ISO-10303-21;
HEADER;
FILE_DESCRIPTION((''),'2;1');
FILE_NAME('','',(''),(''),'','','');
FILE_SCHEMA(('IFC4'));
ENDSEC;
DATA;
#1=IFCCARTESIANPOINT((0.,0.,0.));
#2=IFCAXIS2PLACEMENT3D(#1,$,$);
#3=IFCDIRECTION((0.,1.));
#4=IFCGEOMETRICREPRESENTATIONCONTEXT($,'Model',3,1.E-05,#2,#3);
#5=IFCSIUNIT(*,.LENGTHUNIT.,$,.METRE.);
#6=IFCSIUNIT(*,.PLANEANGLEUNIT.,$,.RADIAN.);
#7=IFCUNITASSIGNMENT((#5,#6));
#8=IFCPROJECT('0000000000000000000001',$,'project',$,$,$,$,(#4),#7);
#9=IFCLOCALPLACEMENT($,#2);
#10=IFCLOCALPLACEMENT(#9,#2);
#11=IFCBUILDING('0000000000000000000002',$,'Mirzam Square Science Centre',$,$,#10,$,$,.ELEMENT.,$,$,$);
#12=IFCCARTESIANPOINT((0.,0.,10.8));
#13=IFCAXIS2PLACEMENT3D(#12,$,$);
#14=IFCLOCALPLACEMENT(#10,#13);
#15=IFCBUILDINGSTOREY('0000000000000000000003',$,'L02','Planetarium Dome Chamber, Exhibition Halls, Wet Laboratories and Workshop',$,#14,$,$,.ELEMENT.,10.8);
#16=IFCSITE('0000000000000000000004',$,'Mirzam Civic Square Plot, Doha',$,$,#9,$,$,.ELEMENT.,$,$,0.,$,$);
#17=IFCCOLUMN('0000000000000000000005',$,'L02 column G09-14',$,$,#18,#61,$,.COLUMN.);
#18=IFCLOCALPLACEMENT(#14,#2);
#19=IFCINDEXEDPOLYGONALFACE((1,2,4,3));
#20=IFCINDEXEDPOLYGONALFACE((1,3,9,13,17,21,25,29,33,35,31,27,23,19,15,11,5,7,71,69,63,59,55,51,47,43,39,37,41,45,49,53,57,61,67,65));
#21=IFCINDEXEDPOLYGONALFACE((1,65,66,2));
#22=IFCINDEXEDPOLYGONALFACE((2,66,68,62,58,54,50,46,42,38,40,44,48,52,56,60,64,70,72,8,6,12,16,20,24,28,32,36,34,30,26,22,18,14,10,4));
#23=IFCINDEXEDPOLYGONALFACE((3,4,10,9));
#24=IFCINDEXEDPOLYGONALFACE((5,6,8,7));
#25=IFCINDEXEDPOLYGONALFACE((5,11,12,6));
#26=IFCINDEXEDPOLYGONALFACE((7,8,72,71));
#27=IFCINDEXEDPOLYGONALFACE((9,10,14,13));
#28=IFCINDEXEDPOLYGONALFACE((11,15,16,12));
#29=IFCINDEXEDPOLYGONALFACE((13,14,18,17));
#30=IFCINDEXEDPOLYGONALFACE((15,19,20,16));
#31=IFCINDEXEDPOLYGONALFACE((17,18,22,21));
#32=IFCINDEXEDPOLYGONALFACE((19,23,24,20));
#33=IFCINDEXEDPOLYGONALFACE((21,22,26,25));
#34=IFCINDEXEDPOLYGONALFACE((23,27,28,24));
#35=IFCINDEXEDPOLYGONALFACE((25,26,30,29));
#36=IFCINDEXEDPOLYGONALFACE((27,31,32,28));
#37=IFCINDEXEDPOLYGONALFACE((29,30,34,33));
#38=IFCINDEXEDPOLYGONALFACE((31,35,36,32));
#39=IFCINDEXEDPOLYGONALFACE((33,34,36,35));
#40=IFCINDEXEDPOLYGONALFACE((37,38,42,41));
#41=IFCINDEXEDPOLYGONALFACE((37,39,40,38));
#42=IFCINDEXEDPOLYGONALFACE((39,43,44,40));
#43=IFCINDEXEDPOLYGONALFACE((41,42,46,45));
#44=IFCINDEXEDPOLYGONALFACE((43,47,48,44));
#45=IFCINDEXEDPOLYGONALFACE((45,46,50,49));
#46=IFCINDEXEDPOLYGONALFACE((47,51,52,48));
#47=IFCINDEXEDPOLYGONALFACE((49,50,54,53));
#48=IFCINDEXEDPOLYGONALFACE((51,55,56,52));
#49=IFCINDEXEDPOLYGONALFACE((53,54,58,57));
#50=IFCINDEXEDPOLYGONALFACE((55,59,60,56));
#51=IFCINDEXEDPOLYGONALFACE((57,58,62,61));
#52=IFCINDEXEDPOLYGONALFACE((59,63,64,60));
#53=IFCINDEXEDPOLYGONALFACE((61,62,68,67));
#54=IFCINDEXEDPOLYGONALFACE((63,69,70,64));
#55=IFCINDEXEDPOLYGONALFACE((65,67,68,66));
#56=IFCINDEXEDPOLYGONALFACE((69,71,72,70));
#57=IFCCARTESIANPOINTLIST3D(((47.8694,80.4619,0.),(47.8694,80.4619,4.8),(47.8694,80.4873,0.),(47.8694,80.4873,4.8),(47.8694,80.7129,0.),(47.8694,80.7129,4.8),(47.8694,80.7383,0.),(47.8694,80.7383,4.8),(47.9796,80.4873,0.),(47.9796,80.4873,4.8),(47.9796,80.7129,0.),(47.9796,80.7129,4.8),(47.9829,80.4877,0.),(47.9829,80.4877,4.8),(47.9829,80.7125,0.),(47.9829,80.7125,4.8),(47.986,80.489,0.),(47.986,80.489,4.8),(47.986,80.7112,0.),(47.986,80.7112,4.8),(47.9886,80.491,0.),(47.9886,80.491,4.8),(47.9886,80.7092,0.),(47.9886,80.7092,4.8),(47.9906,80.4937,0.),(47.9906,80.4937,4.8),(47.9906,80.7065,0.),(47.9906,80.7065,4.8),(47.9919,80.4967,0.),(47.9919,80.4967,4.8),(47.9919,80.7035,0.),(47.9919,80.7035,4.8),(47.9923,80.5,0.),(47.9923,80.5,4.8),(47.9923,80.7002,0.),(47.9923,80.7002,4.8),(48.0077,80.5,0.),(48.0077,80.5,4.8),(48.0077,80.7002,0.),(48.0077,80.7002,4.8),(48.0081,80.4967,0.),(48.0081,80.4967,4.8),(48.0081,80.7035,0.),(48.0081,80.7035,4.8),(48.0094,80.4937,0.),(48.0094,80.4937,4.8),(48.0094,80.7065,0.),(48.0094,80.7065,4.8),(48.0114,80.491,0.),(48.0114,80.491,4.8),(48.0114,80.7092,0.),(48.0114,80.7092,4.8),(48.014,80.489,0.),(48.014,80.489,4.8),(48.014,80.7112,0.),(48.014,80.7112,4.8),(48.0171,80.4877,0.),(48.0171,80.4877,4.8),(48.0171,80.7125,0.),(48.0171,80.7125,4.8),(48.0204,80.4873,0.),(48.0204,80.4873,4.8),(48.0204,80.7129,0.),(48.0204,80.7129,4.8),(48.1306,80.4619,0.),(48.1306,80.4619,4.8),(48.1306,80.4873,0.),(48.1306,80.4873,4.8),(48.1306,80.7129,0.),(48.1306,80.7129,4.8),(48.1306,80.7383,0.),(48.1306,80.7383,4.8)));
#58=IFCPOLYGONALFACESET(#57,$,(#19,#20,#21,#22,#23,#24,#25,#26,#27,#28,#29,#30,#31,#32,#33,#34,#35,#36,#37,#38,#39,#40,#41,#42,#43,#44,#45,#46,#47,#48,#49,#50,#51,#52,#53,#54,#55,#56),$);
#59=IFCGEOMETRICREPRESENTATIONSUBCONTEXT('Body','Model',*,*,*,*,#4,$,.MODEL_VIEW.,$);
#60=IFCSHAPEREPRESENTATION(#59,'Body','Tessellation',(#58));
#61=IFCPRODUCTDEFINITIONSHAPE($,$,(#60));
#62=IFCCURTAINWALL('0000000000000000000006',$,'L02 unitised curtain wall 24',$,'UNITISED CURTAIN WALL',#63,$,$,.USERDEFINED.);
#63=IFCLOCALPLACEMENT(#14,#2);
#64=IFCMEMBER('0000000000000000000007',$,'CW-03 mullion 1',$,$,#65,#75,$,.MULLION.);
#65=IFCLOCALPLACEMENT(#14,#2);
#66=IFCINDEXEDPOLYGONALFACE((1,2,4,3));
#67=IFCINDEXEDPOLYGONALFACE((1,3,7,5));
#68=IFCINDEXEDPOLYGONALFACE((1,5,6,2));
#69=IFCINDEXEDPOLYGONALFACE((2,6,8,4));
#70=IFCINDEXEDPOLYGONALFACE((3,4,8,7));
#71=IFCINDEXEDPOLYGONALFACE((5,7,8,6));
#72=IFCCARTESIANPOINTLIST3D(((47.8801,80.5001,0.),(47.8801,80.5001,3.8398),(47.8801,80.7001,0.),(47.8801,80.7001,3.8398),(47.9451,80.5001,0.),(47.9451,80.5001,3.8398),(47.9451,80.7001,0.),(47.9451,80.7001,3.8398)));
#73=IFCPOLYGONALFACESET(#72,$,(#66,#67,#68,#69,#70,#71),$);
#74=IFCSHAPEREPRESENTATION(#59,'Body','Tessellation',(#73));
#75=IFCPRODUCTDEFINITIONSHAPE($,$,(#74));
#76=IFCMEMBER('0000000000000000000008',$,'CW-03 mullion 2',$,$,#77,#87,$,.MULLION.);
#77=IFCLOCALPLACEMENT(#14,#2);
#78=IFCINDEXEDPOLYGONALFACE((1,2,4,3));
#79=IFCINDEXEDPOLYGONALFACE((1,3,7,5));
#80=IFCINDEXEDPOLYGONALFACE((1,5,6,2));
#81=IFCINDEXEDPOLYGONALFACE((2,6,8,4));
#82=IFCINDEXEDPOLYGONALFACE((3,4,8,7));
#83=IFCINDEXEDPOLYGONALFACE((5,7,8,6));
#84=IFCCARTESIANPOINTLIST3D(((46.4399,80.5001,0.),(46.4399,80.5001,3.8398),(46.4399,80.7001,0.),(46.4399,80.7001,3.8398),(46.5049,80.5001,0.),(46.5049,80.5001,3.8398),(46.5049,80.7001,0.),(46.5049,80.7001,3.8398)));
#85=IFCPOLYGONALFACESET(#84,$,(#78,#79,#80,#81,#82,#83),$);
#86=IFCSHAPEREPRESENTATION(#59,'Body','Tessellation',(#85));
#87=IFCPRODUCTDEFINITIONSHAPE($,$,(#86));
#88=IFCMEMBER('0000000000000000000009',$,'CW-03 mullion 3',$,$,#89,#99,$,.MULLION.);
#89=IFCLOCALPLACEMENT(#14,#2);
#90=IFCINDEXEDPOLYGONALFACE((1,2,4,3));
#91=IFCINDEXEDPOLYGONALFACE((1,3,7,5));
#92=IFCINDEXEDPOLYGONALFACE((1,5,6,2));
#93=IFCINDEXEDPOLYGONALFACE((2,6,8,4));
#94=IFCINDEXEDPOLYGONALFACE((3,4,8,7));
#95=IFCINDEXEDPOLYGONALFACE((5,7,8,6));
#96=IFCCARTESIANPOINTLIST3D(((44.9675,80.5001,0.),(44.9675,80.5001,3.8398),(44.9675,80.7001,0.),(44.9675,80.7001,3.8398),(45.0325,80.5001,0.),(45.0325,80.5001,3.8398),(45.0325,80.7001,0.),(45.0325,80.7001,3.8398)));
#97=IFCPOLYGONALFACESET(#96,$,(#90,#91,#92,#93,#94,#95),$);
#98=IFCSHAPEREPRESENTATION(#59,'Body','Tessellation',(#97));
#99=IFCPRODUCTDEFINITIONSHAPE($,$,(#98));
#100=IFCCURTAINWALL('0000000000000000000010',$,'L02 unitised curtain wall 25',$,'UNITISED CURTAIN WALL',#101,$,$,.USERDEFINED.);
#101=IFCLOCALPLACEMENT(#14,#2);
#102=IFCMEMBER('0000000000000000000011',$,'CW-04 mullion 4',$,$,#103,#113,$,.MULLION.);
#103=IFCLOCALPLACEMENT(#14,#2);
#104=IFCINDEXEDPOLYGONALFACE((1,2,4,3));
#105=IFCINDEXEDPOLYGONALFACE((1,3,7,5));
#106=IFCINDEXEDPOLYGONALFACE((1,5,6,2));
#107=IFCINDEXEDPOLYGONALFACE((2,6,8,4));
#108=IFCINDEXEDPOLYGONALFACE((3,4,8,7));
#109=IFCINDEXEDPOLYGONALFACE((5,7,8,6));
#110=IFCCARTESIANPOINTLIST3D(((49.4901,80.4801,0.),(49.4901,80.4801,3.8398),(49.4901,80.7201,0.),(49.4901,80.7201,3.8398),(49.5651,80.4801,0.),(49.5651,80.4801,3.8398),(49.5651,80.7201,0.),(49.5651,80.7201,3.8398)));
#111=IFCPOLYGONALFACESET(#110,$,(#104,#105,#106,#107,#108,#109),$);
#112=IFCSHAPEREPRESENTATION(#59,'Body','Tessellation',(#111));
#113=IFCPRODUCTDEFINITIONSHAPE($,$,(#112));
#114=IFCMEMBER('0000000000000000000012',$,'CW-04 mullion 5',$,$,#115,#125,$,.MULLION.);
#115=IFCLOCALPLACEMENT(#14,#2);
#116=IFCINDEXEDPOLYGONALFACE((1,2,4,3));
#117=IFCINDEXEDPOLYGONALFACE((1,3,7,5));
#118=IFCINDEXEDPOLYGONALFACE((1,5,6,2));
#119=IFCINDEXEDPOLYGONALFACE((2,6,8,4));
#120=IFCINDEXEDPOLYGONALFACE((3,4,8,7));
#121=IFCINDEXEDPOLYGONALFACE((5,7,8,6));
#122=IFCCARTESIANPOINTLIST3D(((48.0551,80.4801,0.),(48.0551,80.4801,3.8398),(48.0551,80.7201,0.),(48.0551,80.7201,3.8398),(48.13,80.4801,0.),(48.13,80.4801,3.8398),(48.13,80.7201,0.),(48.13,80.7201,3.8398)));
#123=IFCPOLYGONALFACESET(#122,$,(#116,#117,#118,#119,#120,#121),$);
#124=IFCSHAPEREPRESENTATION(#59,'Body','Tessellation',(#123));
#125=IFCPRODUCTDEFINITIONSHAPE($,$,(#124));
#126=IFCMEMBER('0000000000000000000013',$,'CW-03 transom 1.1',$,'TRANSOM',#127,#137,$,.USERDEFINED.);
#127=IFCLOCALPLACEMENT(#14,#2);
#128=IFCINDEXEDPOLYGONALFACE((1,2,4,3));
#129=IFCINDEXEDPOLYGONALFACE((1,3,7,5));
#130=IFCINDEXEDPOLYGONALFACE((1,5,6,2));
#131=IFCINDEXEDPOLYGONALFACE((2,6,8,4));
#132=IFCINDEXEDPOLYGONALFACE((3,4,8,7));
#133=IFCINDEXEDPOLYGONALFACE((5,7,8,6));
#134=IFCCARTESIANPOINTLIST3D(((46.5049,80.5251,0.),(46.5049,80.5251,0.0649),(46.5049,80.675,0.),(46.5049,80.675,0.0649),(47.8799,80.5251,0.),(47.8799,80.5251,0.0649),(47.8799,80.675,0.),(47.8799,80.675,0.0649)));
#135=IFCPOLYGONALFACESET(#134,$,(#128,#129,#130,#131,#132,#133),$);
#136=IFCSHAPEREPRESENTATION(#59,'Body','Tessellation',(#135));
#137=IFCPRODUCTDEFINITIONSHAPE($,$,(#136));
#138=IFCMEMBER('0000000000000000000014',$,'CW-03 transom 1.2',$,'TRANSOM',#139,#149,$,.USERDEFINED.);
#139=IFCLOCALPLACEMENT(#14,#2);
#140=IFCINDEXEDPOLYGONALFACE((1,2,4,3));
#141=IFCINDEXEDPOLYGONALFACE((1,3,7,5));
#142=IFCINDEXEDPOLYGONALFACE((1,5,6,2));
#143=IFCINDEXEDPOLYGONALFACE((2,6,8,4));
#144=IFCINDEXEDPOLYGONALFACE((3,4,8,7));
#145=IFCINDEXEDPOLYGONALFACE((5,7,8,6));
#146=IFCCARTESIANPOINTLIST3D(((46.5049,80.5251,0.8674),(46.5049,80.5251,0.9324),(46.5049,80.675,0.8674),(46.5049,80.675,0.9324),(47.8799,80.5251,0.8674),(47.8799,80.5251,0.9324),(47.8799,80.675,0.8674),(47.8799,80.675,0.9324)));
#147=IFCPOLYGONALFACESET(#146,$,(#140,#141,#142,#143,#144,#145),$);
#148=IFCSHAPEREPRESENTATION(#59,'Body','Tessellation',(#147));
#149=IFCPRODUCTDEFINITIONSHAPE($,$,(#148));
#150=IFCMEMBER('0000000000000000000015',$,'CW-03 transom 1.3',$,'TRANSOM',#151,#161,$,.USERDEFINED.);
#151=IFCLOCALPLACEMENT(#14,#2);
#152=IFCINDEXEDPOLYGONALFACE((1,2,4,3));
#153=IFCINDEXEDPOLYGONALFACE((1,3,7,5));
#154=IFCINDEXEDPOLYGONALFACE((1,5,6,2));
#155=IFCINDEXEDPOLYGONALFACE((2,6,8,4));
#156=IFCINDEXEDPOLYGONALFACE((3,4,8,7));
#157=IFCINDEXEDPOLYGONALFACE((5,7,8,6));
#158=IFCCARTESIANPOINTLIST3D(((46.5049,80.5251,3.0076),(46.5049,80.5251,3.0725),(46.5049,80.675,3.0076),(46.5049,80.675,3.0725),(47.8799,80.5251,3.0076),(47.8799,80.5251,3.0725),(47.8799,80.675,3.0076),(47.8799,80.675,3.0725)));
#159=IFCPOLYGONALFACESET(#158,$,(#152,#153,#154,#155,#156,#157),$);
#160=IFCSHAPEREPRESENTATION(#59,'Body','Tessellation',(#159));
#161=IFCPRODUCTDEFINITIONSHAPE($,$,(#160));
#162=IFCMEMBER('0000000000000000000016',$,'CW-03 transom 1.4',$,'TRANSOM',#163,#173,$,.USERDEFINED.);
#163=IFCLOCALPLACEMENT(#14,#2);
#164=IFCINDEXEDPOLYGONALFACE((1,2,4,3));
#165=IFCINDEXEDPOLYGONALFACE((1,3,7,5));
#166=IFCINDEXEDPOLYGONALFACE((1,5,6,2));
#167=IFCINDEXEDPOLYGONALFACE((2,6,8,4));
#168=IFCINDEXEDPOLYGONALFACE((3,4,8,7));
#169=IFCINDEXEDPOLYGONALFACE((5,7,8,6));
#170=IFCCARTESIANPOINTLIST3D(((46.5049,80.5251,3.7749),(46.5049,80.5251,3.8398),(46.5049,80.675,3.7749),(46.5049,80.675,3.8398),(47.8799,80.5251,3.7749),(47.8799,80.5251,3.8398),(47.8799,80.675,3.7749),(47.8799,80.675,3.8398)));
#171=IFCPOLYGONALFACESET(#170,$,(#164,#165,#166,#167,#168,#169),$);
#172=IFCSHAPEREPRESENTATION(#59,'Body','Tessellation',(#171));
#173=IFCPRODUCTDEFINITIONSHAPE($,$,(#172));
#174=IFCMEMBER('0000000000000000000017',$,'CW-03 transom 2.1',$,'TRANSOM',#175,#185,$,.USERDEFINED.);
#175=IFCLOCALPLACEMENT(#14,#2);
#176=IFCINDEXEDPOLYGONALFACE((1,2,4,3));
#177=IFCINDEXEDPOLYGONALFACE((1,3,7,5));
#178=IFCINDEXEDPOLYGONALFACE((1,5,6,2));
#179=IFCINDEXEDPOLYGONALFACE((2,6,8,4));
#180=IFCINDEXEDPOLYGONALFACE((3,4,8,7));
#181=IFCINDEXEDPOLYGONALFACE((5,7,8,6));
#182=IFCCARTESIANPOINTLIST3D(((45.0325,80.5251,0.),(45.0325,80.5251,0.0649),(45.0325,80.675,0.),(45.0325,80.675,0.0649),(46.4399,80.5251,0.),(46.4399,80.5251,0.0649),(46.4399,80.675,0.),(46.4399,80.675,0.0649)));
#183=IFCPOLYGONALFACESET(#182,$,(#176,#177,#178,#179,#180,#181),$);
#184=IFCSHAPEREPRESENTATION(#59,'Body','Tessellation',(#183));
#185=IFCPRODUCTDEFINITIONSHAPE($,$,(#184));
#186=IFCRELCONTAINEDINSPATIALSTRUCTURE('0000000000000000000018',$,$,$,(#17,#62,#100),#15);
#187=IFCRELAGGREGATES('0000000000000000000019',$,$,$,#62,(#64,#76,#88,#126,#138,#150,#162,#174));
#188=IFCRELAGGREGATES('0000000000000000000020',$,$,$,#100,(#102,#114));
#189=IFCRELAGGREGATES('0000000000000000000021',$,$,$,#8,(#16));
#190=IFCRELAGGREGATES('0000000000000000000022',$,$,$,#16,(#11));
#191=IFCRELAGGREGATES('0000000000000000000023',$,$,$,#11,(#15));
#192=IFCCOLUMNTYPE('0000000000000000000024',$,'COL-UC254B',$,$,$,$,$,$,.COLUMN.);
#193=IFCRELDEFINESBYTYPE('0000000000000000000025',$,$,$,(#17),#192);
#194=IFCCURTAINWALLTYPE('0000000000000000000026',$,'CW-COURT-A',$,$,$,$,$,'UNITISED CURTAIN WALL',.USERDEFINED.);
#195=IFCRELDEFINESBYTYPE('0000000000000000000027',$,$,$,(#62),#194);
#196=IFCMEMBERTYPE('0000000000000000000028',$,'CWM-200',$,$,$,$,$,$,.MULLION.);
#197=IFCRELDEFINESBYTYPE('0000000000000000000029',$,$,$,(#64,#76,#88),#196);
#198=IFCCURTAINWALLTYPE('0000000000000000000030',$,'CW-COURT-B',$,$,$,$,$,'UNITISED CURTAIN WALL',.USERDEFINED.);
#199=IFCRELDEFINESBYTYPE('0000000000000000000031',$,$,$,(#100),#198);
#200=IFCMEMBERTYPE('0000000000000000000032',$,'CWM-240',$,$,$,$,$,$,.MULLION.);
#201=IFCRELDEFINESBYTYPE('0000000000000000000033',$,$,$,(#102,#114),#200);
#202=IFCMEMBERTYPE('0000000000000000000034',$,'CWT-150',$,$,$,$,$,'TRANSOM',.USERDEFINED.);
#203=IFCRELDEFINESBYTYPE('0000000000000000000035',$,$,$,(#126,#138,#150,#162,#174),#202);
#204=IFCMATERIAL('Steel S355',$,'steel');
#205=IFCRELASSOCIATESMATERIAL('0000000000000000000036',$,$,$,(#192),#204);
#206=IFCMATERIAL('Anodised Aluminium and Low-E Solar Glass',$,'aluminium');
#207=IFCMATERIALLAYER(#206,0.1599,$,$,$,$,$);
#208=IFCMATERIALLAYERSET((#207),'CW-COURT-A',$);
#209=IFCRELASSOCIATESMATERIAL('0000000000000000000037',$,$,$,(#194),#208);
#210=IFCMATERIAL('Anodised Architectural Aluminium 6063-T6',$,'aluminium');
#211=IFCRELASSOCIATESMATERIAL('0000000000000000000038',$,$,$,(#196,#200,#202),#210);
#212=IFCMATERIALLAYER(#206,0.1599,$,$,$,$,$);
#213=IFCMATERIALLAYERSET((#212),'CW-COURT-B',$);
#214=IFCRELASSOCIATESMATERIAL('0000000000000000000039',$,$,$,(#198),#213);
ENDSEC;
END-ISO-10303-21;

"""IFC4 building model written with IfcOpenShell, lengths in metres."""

from ifc_helpers import new_model, si_unit, direction, frame, origin, origin_2d, place, context, subcontext, project, spatial, rectangle, i_section, extrude, material, layer, layer_set, material_profile, profile_set, type_object, element, aggregate, save


model = new_model("IFC4")

# Units and contexts
model_context = context("Model", 3, precision=1e-05, world=origin(), true_north=direction((0.0, 1.0)))
body_context = subcontext(model_context, "Body", "Model", "MODEL_VIEW")
ifc_project = project(units=[si_unit("LENGTHUNIT", "METRE"), si_unit("PLANEANGLEUNIT", "RADIAN")], contexts=[model_context])

# Site, building, storey
site_placement = place(None, origin())
site = spatial("IfcSite", under=ifc_project, at=site_placement, Name="Mirzam Civic Square Plot, Doha", CompositionType="ELEMENT", RefElevation=0.0)
building_placement = place(site_placement, origin())
building = spatial("IfcBuilding", under=site, at=building_placement, Name="Mirzam Square Science Centre", CompositionType="ELEMENT")
storey_placement = place(building_placement, frame((0.0, 0.0, 10.8)))
storey = spatial("IfcBuildingStorey", under=building, at=storey_placement, Name="L02", Description="Planetarium Dome Chamber, Exhibition Halls, Wet Laboratories and Workshop", CompositionType="ELEMENT", Elevation=10.8)

# Column
ifc_material_1 = material(Name="Steel S355", Category="steel")
ifc_material_profile_1 = material_profile(ifc_material_1, i_section(OverallWidth=0.2612, OverallDepth=0.2764, WebThickness=0.0154, FlangeThickness=0.0254, FilletRadius=0.0127, at=origin_2d()), Name="254x254x132UC")
ifc_profile_set_1 = profile_set([ifc_material_profile_1], Name="Steel S355")
column_type = type_object("IfcColumnType", Name="COL-UC254B", PredefinedType="COLUMN", material=ifc_profile_set_1)
column_placement = place(storey_placement, frame((48.0, 80.6001, 0.0), z_axis=(0.0, 0.0, 1.0), x_axis=(1.0, 0.0, 0.0)))
element("IfcColumn", 1, at=column_placement, inside=storey, type_object=column_type, Name="L02 column G09-14", PredefinedType="COLUMN", context=body_context, shape_type="SweptSolid", body=[
    extrude(i_section(OverallWidth=0.2612, OverallDepth=0.2764, WebThickness=0.0154, FlangeThickness=0.0254, FilletRadius=0.0127, at=origin_2d()), origin(), (0.0, 0.0, 1.0), 4.8),
])

# Curtain walls, members
ifc_material_2 = material(Name="Anodised Aluminium and Low-E Solar Glass", Category="aluminium")
ifc_layer_1 = layer(ifc_material_2, 0.1599)
ifc_layer_set_1 = layer_set([ifc_layer_1], Name="CW-COURT-A")
curtain_wall_type_1 = type_object("IfcCurtainWallType", Name="CW-COURT-A", ElementType="UNITISED CURTAIN WALL", PredefinedType="USERDEFINED", material=ifc_layer_set_1)
curtain_wall_1_placement = place(storey_placement, origin())
curtain_wall_1 = element("IfcCurtainWall", 2, at=curtain_wall_1_placement, inside=storey, type_object=curtain_wall_type_1, Name="L02 unitised curtain wall 24", ObjectType="UNITISED CURTAIN WALL", PredefinedType="USERDEFINED")
ifc_material_3 = material(Name="Anodised Architectural Aluminium 6063-T6", Category="aluminium")
ifc_material_profile_2 = material_profile(ifc_material_3, rectangle(XDim=0.0649, YDim=0.2, at=origin_2d()), Name="ALU-MULL-200x65x5")
ifc_profile_set_2 = profile_set([ifc_material_profile_2], Name="Anodised Architectural Aluminium 6063-T6")
member_type_1 = type_object("IfcMemberType", Name="CWM-200", PredefinedType="MULLION", material=ifc_profile_set_2)
member_1_placement = place(storey_placement, frame((47.9126, 80.6001, 0.0), z_axis=(0.0, 0.0, 1.0), x_axis=(-1.0, 0.0, 0.0)))
member_1 = element("IfcMember", 3, at=member_1_placement, type_object=member_type_1, Name="CW-03 mullion 1", PredefinedType="MULLION", context=body_context, shape_type="SweptSolid", body=[
    extrude(rectangle(XDim=0.0649, YDim=0.2, at=origin_2d()), origin(), (0.0, 0.0, 1.0), 3.8398),
])
member_2_placement = place(storey_placement, frame((46.4724, 80.6001, 0.0), z_axis=(0.0, 0.0, 1.0), x_axis=(-1.0, 0.0, 0.0)))
member_2 = element("IfcMember", 4, at=member_2_placement, type_object=member_type_1, Name="CW-03 mullion 2", PredefinedType="MULLION", context=body_context, shape_type="SweptSolid", body=[
    extrude(rectangle(XDim=0.0649, YDim=0.2, at=origin_2d()), origin(), (0.0, 0.0, 1.0), 3.8398),
])
member_3_placement = place(storey_placement, frame((45.0, 80.6001, 0.0), z_axis=(0.0, 0.0, 1.0), x_axis=(-1.0, 0.0, 0.0)))
member_3 = element("IfcMember", 5, at=member_3_placement, type_object=member_type_1, Name="CW-03 mullion 3", PredefinedType="MULLION", context=body_context, shape_type="SweptSolid", body=[
    extrude(rectangle(XDim=0.0649, YDim=0.2, at=origin_2d()), origin(), (0.0, 0.0, 1.0), 3.8398),
])
ifc_layer_2 = layer(ifc_material_2, 0.1599)
ifc_layer_set_2 = layer_set([ifc_layer_2], Name="CW-COURT-B")
curtain_wall_type_2 = type_object("IfcCurtainWallType", Name="CW-COURT-B", ElementType="UNITISED CURTAIN WALL", PredefinedType="USERDEFINED", material=ifc_layer_set_2)
curtain_wall_2_placement = place(storey_placement, origin())
curtain_wall_2 = element("IfcCurtainWall", 6, at=curtain_wall_2_placement, inside=storey, type_object=curtain_wall_type_2, Name="L02 unitised curtain wall 25", ObjectType="UNITISED CURTAIN WALL", PredefinedType="USERDEFINED")
ifc_material_profile_3 = material_profile(ifc_material_3, rectangle(XDim=0.075, YDim=0.24, at=origin_2d()), Name="ALU-MULL-240x75x5")
ifc_profile_set_3 = profile_set([ifc_material_profile_3], Name="Anodised Architectural Aluminium 6063-T6")
member_type_2 = type_object("IfcMemberType", Name="CWM-240", PredefinedType="MULLION", material=ifc_profile_set_3)
member_4_placement = place(storey_placement, frame((49.5276, 80.6001, 0.0), z_axis=(0.0, 0.0, 1.0), x_axis=(-1.0, 0.0, 0.0)))
member_4 = element("IfcMember", 7, at=member_4_placement, type_object=member_type_2, Name="CW-04 mullion 4", PredefinedType="MULLION", context=body_context, shape_type="SweptSolid", body=[
    extrude(rectangle(XDim=0.075, YDim=0.24, at=origin_2d()), origin(), (0.0, 0.0, 1.0), 3.8398),
])
member_5_placement = place(storey_placement, frame((48.0925, 80.6001, 0.0), z_axis=(0.0, 0.0, 1.0), x_axis=(-1.0, 0.0, 0.0)))
member_5 = element("IfcMember", 8, at=member_5_placement, type_object=member_type_2, Name="CW-04 mullion 5", PredefinedType="MULLION", context=body_context, shape_type="SweptSolid", body=[
    extrude(rectangle(XDim=0.075, YDim=0.24, at=origin_2d()), origin(), (0.0, 0.0, 1.0), 3.8398),
])

# Members
ifc_material_profile_4 = material_profile(ifc_material_3, rectangle(XDim=0.1499, YDim=0.0649, at=origin_2d()), Name="ALU-TRAN-150x65x4")
ifc_profile_set_4 = profile_set([ifc_material_profile_4], Name="Anodised Architectural Aluminium 6063-T6")
member_type_3 = type_object("IfcMemberType", Name="CWT-150", ElementType="TRANSOM", PredefinedType="USERDEFINED", material=ifc_profile_set_4)
member_6_placement = place(storey_placement, frame((47.8799, 80.6001, 0.0325), z_axis=(-1.0, 0.0, 0.0), x_axis=(0.0, -1.0, 0.0)))
member_6 = element("IfcMember", 9, at=member_6_placement, type_object=member_type_3, Name="CW-03 transom 1.1", ObjectType="TRANSOM", PredefinedType="USERDEFINED", context=body_context, shape_type="SweptSolid", body=[
    extrude(rectangle(XDim=0.1499, YDim=0.0649, at=origin_2d()), origin(), (0.0, 0.0, 1.0), 1.375),
])
member_7_placement = place(storey_placement, frame((47.8799, 80.6001, 0.8999), z_axis=(-1.0, 0.0, 0.0), x_axis=(0.0, -1.0, 0.0)))
member_7 = element("IfcMember", 10, at=member_7_placement, type_object=member_type_3, Name="CW-03 transom 1.2", ObjectType="TRANSOM", PredefinedType="USERDEFINED", context=body_context, shape_type="SweptSolid", body=[
    extrude(rectangle(XDim=0.1499, YDim=0.0649, at=origin_2d()), origin(), (0.0, 0.0, 1.0), 1.375),
])
member_8_placement = place(storey_placement, frame((47.8799, 80.6001, 3.04), z_axis=(-1.0, 0.0, 0.0), x_axis=(0.0, -1.0, 0.0)))
member_8 = element("IfcMember", 11, at=member_8_placement, type_object=member_type_3, Name="CW-03 transom 1.3", ObjectType="TRANSOM", PredefinedType="USERDEFINED", context=body_context, shape_type="SweptSolid", body=[
    extrude(rectangle(XDim=0.1499, YDim=0.0649, at=origin_2d()), origin(), (0.0, 0.0, 1.0), 1.375),
])
member_9_placement = place(storey_placement, frame((47.8799, 80.6001, 3.8074), z_axis=(-1.0, 0.0, 0.0), x_axis=(0.0, -1.0, 0.0)))
member_9 = element("IfcMember", 12, at=member_9_placement, type_object=member_type_3, Name="CW-03 transom 1.4", ObjectType="TRANSOM", PredefinedType="USERDEFINED", context=body_context, shape_type="SweptSolid", body=[
    extrude(rectangle(XDim=0.1499, YDim=0.0649, at=origin_2d()), origin(), (0.0, 0.0, 1.0), 1.375),
])
member_10_placement = place(storey_placement, frame((46.4399, 80.6001, 0.0325), z_axis=(-1.0, 0.0, 0.0), x_axis=(0.0, -1.0, 0.0)))
member_10 = element("IfcMember", 13, at=member_10_placement, type_object=member_type_3, Name="CW-03 transom 2.1", ObjectType="TRANSOM", PredefinedType="USERDEFINED", context=body_context, shape_type="SweptSolid", body=[
    extrude(rectangle(XDim=0.1499, YDim=0.0649, at=origin_2d()), origin(), (0.0, 0.0, 1.0), 1.4075),
])

aggregate(curtain_wall_1, [member_1, member_2, member_3, member_6, member_7, member_8, member_9, member_10])
aggregate(curtain_wall_2, [member_4, member_5])

save(model, "model.ifc")
